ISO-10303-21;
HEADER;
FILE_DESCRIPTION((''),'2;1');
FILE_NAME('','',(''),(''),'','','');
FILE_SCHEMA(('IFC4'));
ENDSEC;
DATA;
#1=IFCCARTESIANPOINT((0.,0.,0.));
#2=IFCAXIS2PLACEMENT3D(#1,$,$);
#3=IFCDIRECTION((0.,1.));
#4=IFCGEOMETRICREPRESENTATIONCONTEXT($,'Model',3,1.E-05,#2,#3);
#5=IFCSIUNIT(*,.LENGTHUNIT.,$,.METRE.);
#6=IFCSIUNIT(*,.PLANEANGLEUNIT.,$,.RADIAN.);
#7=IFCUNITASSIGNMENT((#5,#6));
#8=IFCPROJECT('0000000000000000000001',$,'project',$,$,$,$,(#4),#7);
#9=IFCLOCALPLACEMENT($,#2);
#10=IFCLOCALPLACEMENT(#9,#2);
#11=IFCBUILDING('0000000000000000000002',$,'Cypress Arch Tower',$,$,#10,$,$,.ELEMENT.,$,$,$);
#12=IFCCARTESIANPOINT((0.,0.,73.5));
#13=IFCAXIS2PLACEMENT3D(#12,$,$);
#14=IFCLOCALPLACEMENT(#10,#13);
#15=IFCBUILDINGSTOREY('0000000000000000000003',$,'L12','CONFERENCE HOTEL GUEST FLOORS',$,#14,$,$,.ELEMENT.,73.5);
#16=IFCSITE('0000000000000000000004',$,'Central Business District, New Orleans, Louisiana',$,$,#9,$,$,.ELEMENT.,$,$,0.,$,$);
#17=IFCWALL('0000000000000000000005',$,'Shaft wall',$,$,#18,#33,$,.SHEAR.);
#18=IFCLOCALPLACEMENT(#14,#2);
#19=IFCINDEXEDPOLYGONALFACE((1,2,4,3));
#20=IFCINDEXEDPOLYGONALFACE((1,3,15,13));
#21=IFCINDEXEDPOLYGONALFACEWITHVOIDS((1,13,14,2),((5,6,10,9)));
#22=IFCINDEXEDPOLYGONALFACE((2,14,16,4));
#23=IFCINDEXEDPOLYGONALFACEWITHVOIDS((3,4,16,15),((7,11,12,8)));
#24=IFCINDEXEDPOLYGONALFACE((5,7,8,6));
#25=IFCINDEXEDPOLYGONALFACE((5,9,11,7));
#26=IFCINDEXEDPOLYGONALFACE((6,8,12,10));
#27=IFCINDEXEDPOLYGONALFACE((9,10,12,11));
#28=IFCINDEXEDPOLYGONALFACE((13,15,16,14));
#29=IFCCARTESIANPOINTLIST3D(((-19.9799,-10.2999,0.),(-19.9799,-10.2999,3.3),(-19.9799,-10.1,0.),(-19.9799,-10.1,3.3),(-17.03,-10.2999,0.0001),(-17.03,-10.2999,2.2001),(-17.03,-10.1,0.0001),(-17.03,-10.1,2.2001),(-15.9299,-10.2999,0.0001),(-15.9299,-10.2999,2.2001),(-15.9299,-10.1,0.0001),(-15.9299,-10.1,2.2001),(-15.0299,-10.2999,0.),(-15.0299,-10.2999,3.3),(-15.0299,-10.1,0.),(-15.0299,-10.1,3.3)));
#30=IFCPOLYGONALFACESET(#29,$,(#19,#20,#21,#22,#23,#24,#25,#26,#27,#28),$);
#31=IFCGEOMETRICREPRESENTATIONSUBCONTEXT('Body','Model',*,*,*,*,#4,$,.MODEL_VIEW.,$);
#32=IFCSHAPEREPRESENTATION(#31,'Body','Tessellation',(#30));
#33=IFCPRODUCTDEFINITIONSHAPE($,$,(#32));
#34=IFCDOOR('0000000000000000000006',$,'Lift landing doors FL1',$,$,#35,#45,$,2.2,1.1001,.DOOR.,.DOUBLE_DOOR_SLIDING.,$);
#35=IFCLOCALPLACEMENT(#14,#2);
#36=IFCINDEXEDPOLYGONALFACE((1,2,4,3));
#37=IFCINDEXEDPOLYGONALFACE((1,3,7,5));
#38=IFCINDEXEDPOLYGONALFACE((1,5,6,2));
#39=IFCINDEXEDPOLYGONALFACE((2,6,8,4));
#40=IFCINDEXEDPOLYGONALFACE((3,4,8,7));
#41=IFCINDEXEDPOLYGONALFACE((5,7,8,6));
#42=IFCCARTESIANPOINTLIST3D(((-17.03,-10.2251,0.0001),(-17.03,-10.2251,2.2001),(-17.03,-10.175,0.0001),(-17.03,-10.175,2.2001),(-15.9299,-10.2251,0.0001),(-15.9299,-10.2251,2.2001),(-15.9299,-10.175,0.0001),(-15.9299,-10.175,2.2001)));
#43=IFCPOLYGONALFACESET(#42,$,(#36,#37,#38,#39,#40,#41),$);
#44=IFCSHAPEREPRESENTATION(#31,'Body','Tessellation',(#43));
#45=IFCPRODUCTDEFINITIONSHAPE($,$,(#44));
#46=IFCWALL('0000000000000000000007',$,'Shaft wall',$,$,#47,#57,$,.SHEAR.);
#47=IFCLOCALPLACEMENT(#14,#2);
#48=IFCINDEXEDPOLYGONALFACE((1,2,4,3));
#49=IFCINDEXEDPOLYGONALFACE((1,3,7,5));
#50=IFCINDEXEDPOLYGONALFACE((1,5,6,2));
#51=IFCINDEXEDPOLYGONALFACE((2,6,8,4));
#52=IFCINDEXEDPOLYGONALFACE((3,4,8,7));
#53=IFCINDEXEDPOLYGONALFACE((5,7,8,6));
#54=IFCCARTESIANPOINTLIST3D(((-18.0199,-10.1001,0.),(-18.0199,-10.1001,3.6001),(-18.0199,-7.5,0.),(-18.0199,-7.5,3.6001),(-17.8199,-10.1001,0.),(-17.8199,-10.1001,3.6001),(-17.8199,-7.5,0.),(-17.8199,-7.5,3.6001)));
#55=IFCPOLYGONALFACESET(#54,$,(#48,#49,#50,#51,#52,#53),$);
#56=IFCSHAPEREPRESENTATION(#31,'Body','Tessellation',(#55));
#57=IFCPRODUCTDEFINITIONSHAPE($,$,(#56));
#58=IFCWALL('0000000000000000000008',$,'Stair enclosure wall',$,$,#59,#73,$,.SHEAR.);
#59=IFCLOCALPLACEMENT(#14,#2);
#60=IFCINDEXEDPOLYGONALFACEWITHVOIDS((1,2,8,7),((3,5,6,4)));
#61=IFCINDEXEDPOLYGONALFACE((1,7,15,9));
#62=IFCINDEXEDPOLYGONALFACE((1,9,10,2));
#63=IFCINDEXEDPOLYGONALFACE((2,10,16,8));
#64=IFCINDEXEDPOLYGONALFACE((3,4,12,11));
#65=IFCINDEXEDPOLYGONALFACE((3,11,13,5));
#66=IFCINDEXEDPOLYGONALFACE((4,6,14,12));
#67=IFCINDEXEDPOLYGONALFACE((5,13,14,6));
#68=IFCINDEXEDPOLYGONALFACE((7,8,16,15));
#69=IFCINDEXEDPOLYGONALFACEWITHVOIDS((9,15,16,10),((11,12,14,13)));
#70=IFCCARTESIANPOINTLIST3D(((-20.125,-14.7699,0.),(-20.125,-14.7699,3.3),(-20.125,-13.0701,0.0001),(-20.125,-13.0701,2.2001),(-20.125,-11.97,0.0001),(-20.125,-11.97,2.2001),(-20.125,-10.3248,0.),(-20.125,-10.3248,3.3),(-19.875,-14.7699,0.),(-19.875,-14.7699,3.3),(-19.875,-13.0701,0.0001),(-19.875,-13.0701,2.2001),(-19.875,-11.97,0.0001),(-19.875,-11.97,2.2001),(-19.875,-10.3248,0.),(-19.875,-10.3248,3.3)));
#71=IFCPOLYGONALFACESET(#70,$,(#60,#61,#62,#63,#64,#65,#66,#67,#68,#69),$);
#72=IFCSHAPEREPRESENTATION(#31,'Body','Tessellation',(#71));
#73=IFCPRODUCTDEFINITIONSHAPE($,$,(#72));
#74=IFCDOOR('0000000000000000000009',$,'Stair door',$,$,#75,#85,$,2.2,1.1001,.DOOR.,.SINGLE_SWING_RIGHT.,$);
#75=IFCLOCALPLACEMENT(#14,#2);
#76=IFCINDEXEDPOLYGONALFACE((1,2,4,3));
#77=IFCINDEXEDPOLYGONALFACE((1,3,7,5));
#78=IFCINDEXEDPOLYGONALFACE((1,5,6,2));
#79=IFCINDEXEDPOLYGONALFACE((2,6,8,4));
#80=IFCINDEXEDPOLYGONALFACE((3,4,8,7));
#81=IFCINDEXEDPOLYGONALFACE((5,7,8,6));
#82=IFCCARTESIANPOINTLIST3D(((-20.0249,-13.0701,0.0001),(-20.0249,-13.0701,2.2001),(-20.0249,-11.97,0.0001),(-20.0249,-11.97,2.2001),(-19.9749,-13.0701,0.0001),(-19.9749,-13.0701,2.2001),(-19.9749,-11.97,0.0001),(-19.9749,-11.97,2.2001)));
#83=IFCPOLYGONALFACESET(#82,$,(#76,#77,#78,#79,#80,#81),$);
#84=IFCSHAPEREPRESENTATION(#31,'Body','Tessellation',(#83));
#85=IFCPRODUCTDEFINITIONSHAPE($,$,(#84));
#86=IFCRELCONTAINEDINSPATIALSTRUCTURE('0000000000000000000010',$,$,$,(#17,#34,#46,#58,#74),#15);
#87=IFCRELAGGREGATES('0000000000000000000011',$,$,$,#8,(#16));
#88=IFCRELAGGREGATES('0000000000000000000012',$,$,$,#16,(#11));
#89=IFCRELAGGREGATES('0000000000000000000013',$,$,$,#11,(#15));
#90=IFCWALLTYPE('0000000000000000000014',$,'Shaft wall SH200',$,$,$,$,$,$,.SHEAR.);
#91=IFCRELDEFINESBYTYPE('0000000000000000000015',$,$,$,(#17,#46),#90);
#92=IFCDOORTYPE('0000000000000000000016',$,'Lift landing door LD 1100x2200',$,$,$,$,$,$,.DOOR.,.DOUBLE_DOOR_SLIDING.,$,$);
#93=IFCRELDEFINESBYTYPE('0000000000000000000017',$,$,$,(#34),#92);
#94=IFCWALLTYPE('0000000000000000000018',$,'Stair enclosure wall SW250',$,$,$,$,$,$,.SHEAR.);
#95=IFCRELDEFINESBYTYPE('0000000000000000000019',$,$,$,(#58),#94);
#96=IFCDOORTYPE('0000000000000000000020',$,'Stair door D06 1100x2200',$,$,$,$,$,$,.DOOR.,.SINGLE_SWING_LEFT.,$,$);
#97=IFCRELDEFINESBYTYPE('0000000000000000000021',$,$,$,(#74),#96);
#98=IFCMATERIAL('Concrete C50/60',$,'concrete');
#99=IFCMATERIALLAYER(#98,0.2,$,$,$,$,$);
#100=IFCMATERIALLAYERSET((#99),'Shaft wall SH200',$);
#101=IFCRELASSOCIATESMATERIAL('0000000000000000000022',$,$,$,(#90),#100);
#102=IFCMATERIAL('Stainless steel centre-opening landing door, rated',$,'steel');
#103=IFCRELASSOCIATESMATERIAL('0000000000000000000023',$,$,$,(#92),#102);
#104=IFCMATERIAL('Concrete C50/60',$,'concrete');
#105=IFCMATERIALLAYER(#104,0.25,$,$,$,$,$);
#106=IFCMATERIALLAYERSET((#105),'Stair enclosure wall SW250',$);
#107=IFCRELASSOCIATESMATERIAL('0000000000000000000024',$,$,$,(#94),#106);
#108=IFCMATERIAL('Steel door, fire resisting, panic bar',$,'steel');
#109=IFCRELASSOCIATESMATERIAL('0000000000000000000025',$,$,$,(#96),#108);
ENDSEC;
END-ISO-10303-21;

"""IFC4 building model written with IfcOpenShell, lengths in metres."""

from ifc_helpers import new_model, si_unit, direction, frame, frame_2d, origin, place, context, subcontext, project, spatial, rectangle, extrude, material, layer, layer_set, type_object, element, fill, save


model = new_model("IFC4")

# Units and contexts
model_context = context("Model", 3, precision=1e-05, world=origin(), true_north=direction((0.0, 1.0)))
body_context = subcontext(model_context, "Body", "Model", "MODEL_VIEW")
ifc_project = project(units=[si_unit("LENGTHUNIT", "METRE"), si_unit("PLANEANGLEUNIT", "RADIAN")], contexts=[model_context])

# Site, building, storey
site_placement = place(None, origin())
site = spatial("IfcSite", under=ifc_project, at=site_placement, Name="Central Business District, New Orleans, Louisiana", CompositionType="ELEMENT", RefElevation=0.0)
building_placement = place(site_placement, origin())
building = spatial("IfcBuilding", under=site, at=building_placement, Name="Cypress Arch Tower", CompositionType="ELEMENT")
storey_placement = place(building_placement, frame((0.0, 0.0, 73.5)))
storey = spatial("IfcBuildingStorey", under=building, at=storey_placement, Name="L12", Description="CONFERENCE HOTEL GUEST FLOORS", CompositionType="ELEMENT", Elevation=73.5)

# Wall, opening, door
ifc_material_1 = material(Name="Concrete C50/60", Category="concrete")
ifc_layer_1 = layer(ifc_material_1, 0.2)
ifc_layer_set_1 = layer_set([ifc_layer_1], Name="Shaft wall SH200")
wall_type_1 = type_object("IfcWallType", Name="Shaft wall SH200", PredefinedType="SHEAR", material=ifc_layer_set_1)
wall_1_placement = place(storey_placement, frame((-19.98, -10.2, 0.0), z_axis=(0.0, 0.0, 1.0), x_axis=(1.0, 0.0, 0.0)))
wall_1 = element("IfcWall", 1, at=wall_1_placement, inside=storey, type_object=wall_type_1, Name="Shaft wall", PredefinedType="SHEAR", context=body_context, shape_type="SweptSolid", body=[
    extrude(rectangle(XDim=4.95, YDim=0.2, at=frame_2d((2.4751, 0.0))), origin(), (0.0, 0.0, 1.0), 3.3),
])
opening_1_placement = place(wall_1_placement, frame((2.95, 0.0, 0.0)))
opening_1 = element("IfcOpeningElement", 2, at=opening_1_placement, cuts=wall_1, PredefinedType="OPENING", context=body_context, shape_type="SweptSolid", body=[
    extrude(rectangle(XDim=1.1001, YDim=2.2, at=frame_2d((0.55, 1.1001))), frame((0.0, 0.1099, 0.0), z_axis=(0.0, -1.0, 0.0), x_axis=(1.0, 0.0, 0.0)), (0.0, 0.0, 1.0), 0.22),
])
ifc_material_2 = material(Name="Stainless steel centre-opening landing door, rated", Category="steel")
door_type_1 = type_object("IfcDoorType", Name="Lift landing door LD 1100x2200", OperationType="DOUBLE_DOOR_SLIDING", PredefinedType="DOOR", material=ifc_material_2)
door_1_placement = place(opening_1_placement, origin())
door_1 = element("IfcDoor", 3, at=door_1_placement, inside=storey, type_object=door_type_1, Name="Lift landing doors FL1", OperationType="DOUBLE_DOOR_SLIDING", OverallHeight=2.2, OverallWidth=1.1001, PredefinedType="DOOR", context=body_context, shape_type="SweptSolid", body=[
    extrude(rectangle(XDim=1.1001, YDim=2.2, at=frame_2d((0.55, 1.1001))), frame((0.0, 0.0249, 0.0), z_axis=(0.0, -1.0, 0.0), x_axis=(1.0, 0.0, 0.0)), (0.0, 0.0, 1.0), 0.05),
])
fill(opening_1, door_1)

# Wall
wall_2_placement = place(storey_placement, frame((-17.9199, -10.1001, 0.0), z_axis=(0.0, 0.0, 1.0), x_axis=(0.0, 1.0, 0.0)))
element("IfcWall", 4, at=wall_2_placement, inside=storey, type_object=wall_type_1, Name="Shaft wall", PredefinedType="SHEAR", context=body_context, shape_type="SweptSolid", body=[
    extrude(rectangle(XDim=2.6001, YDim=0.2, at=frame_2d((1.3, 0.0))), origin(), (0.0, 0.0, 1.0), 3.6001),
])

# Wall, opening, door
ifc_material_3 = material(Name="Concrete C50/60", Category="concrete")
ifc_layer_2 = layer(ifc_material_3, 0.25)
ifc_layer_set_2 = layer_set([ifc_layer_2], Name="Stair enclosure wall SW250")
wall_type_2 = type_object("IfcWallType", Name="Stair enclosure wall SW250", PredefinedType="SHEAR", material=ifc_layer_set_2)
wall_3_placement = place(storey_placement, frame((-20.0, -14.77, 0.0), z_axis=(0.0, 0.0, 1.0), x_axis=(0.0, 1.0, 0.0)))
wall_3 = element("IfcWall", 5, at=wall_3_placement, inside=storey, type_object=wall_type_2, Name="Stair enclosure wall", PredefinedType="SHEAR", context=body_context, shape_type="SweptSolid", body=[
    extrude(rectangle(XDim=4.4451, YDim=0.25, at=frame_2d((2.2227, 0.0))), origin(), (0.0, 0.0, 1.0), 3.3),
])
opening_2_placement = place(wall_3_placement, frame((1.7, 0.0, 0.0)))
opening_2 = element("IfcOpeningElement", 6, at=opening_2_placement, cuts=wall_3, PredefinedType="OPENING", context=body_context, shape_type="SweptSolid", body=[
    extrude(rectangle(XDim=1.1001, YDim=2.2, at=frame_2d((0.55, 1.1001))), frame((0.0, 0.135, 0.0), z_axis=(0.0, -1.0, 0.0), x_axis=(1.0, 0.0, 0.0)), (0.0, 0.0, 1.0), 0.27),
])
ifc_material_4 = material(Name="Steel door, fire resisting, panic bar", Category="steel")
door_type_2 = type_object("IfcDoorType", Name="Stair door D06 1100x2200", OperationType="SINGLE_SWING_LEFT", PredefinedType="DOOR", material=ifc_material_4)
door_2_placement = place(opening_2_placement, origin())
door_2 = element("IfcDoor", 7, at=door_2_placement, inside=storey, type_object=door_type_2, Name="Stair door", OperationType="SINGLE_SWING_RIGHT", OverallHeight=2.2, OverallWidth=1.1001, PredefinedType="DOOR", context=body_context, shape_type="SweptSolid", body=[
    extrude(rectangle(XDim=1.1001, YDim=2.2, at=frame_2d((0.55, 1.1001))), frame((0.0, 0.0249, 0.0), z_axis=(0.0, -1.0, 0.0), x_axis=(1.0, 0.0, 0.0)), (0.0, 0.0, 1.0), 0.05),
])
fill(opening_2, door_2)

save(model, "model.ifc")
